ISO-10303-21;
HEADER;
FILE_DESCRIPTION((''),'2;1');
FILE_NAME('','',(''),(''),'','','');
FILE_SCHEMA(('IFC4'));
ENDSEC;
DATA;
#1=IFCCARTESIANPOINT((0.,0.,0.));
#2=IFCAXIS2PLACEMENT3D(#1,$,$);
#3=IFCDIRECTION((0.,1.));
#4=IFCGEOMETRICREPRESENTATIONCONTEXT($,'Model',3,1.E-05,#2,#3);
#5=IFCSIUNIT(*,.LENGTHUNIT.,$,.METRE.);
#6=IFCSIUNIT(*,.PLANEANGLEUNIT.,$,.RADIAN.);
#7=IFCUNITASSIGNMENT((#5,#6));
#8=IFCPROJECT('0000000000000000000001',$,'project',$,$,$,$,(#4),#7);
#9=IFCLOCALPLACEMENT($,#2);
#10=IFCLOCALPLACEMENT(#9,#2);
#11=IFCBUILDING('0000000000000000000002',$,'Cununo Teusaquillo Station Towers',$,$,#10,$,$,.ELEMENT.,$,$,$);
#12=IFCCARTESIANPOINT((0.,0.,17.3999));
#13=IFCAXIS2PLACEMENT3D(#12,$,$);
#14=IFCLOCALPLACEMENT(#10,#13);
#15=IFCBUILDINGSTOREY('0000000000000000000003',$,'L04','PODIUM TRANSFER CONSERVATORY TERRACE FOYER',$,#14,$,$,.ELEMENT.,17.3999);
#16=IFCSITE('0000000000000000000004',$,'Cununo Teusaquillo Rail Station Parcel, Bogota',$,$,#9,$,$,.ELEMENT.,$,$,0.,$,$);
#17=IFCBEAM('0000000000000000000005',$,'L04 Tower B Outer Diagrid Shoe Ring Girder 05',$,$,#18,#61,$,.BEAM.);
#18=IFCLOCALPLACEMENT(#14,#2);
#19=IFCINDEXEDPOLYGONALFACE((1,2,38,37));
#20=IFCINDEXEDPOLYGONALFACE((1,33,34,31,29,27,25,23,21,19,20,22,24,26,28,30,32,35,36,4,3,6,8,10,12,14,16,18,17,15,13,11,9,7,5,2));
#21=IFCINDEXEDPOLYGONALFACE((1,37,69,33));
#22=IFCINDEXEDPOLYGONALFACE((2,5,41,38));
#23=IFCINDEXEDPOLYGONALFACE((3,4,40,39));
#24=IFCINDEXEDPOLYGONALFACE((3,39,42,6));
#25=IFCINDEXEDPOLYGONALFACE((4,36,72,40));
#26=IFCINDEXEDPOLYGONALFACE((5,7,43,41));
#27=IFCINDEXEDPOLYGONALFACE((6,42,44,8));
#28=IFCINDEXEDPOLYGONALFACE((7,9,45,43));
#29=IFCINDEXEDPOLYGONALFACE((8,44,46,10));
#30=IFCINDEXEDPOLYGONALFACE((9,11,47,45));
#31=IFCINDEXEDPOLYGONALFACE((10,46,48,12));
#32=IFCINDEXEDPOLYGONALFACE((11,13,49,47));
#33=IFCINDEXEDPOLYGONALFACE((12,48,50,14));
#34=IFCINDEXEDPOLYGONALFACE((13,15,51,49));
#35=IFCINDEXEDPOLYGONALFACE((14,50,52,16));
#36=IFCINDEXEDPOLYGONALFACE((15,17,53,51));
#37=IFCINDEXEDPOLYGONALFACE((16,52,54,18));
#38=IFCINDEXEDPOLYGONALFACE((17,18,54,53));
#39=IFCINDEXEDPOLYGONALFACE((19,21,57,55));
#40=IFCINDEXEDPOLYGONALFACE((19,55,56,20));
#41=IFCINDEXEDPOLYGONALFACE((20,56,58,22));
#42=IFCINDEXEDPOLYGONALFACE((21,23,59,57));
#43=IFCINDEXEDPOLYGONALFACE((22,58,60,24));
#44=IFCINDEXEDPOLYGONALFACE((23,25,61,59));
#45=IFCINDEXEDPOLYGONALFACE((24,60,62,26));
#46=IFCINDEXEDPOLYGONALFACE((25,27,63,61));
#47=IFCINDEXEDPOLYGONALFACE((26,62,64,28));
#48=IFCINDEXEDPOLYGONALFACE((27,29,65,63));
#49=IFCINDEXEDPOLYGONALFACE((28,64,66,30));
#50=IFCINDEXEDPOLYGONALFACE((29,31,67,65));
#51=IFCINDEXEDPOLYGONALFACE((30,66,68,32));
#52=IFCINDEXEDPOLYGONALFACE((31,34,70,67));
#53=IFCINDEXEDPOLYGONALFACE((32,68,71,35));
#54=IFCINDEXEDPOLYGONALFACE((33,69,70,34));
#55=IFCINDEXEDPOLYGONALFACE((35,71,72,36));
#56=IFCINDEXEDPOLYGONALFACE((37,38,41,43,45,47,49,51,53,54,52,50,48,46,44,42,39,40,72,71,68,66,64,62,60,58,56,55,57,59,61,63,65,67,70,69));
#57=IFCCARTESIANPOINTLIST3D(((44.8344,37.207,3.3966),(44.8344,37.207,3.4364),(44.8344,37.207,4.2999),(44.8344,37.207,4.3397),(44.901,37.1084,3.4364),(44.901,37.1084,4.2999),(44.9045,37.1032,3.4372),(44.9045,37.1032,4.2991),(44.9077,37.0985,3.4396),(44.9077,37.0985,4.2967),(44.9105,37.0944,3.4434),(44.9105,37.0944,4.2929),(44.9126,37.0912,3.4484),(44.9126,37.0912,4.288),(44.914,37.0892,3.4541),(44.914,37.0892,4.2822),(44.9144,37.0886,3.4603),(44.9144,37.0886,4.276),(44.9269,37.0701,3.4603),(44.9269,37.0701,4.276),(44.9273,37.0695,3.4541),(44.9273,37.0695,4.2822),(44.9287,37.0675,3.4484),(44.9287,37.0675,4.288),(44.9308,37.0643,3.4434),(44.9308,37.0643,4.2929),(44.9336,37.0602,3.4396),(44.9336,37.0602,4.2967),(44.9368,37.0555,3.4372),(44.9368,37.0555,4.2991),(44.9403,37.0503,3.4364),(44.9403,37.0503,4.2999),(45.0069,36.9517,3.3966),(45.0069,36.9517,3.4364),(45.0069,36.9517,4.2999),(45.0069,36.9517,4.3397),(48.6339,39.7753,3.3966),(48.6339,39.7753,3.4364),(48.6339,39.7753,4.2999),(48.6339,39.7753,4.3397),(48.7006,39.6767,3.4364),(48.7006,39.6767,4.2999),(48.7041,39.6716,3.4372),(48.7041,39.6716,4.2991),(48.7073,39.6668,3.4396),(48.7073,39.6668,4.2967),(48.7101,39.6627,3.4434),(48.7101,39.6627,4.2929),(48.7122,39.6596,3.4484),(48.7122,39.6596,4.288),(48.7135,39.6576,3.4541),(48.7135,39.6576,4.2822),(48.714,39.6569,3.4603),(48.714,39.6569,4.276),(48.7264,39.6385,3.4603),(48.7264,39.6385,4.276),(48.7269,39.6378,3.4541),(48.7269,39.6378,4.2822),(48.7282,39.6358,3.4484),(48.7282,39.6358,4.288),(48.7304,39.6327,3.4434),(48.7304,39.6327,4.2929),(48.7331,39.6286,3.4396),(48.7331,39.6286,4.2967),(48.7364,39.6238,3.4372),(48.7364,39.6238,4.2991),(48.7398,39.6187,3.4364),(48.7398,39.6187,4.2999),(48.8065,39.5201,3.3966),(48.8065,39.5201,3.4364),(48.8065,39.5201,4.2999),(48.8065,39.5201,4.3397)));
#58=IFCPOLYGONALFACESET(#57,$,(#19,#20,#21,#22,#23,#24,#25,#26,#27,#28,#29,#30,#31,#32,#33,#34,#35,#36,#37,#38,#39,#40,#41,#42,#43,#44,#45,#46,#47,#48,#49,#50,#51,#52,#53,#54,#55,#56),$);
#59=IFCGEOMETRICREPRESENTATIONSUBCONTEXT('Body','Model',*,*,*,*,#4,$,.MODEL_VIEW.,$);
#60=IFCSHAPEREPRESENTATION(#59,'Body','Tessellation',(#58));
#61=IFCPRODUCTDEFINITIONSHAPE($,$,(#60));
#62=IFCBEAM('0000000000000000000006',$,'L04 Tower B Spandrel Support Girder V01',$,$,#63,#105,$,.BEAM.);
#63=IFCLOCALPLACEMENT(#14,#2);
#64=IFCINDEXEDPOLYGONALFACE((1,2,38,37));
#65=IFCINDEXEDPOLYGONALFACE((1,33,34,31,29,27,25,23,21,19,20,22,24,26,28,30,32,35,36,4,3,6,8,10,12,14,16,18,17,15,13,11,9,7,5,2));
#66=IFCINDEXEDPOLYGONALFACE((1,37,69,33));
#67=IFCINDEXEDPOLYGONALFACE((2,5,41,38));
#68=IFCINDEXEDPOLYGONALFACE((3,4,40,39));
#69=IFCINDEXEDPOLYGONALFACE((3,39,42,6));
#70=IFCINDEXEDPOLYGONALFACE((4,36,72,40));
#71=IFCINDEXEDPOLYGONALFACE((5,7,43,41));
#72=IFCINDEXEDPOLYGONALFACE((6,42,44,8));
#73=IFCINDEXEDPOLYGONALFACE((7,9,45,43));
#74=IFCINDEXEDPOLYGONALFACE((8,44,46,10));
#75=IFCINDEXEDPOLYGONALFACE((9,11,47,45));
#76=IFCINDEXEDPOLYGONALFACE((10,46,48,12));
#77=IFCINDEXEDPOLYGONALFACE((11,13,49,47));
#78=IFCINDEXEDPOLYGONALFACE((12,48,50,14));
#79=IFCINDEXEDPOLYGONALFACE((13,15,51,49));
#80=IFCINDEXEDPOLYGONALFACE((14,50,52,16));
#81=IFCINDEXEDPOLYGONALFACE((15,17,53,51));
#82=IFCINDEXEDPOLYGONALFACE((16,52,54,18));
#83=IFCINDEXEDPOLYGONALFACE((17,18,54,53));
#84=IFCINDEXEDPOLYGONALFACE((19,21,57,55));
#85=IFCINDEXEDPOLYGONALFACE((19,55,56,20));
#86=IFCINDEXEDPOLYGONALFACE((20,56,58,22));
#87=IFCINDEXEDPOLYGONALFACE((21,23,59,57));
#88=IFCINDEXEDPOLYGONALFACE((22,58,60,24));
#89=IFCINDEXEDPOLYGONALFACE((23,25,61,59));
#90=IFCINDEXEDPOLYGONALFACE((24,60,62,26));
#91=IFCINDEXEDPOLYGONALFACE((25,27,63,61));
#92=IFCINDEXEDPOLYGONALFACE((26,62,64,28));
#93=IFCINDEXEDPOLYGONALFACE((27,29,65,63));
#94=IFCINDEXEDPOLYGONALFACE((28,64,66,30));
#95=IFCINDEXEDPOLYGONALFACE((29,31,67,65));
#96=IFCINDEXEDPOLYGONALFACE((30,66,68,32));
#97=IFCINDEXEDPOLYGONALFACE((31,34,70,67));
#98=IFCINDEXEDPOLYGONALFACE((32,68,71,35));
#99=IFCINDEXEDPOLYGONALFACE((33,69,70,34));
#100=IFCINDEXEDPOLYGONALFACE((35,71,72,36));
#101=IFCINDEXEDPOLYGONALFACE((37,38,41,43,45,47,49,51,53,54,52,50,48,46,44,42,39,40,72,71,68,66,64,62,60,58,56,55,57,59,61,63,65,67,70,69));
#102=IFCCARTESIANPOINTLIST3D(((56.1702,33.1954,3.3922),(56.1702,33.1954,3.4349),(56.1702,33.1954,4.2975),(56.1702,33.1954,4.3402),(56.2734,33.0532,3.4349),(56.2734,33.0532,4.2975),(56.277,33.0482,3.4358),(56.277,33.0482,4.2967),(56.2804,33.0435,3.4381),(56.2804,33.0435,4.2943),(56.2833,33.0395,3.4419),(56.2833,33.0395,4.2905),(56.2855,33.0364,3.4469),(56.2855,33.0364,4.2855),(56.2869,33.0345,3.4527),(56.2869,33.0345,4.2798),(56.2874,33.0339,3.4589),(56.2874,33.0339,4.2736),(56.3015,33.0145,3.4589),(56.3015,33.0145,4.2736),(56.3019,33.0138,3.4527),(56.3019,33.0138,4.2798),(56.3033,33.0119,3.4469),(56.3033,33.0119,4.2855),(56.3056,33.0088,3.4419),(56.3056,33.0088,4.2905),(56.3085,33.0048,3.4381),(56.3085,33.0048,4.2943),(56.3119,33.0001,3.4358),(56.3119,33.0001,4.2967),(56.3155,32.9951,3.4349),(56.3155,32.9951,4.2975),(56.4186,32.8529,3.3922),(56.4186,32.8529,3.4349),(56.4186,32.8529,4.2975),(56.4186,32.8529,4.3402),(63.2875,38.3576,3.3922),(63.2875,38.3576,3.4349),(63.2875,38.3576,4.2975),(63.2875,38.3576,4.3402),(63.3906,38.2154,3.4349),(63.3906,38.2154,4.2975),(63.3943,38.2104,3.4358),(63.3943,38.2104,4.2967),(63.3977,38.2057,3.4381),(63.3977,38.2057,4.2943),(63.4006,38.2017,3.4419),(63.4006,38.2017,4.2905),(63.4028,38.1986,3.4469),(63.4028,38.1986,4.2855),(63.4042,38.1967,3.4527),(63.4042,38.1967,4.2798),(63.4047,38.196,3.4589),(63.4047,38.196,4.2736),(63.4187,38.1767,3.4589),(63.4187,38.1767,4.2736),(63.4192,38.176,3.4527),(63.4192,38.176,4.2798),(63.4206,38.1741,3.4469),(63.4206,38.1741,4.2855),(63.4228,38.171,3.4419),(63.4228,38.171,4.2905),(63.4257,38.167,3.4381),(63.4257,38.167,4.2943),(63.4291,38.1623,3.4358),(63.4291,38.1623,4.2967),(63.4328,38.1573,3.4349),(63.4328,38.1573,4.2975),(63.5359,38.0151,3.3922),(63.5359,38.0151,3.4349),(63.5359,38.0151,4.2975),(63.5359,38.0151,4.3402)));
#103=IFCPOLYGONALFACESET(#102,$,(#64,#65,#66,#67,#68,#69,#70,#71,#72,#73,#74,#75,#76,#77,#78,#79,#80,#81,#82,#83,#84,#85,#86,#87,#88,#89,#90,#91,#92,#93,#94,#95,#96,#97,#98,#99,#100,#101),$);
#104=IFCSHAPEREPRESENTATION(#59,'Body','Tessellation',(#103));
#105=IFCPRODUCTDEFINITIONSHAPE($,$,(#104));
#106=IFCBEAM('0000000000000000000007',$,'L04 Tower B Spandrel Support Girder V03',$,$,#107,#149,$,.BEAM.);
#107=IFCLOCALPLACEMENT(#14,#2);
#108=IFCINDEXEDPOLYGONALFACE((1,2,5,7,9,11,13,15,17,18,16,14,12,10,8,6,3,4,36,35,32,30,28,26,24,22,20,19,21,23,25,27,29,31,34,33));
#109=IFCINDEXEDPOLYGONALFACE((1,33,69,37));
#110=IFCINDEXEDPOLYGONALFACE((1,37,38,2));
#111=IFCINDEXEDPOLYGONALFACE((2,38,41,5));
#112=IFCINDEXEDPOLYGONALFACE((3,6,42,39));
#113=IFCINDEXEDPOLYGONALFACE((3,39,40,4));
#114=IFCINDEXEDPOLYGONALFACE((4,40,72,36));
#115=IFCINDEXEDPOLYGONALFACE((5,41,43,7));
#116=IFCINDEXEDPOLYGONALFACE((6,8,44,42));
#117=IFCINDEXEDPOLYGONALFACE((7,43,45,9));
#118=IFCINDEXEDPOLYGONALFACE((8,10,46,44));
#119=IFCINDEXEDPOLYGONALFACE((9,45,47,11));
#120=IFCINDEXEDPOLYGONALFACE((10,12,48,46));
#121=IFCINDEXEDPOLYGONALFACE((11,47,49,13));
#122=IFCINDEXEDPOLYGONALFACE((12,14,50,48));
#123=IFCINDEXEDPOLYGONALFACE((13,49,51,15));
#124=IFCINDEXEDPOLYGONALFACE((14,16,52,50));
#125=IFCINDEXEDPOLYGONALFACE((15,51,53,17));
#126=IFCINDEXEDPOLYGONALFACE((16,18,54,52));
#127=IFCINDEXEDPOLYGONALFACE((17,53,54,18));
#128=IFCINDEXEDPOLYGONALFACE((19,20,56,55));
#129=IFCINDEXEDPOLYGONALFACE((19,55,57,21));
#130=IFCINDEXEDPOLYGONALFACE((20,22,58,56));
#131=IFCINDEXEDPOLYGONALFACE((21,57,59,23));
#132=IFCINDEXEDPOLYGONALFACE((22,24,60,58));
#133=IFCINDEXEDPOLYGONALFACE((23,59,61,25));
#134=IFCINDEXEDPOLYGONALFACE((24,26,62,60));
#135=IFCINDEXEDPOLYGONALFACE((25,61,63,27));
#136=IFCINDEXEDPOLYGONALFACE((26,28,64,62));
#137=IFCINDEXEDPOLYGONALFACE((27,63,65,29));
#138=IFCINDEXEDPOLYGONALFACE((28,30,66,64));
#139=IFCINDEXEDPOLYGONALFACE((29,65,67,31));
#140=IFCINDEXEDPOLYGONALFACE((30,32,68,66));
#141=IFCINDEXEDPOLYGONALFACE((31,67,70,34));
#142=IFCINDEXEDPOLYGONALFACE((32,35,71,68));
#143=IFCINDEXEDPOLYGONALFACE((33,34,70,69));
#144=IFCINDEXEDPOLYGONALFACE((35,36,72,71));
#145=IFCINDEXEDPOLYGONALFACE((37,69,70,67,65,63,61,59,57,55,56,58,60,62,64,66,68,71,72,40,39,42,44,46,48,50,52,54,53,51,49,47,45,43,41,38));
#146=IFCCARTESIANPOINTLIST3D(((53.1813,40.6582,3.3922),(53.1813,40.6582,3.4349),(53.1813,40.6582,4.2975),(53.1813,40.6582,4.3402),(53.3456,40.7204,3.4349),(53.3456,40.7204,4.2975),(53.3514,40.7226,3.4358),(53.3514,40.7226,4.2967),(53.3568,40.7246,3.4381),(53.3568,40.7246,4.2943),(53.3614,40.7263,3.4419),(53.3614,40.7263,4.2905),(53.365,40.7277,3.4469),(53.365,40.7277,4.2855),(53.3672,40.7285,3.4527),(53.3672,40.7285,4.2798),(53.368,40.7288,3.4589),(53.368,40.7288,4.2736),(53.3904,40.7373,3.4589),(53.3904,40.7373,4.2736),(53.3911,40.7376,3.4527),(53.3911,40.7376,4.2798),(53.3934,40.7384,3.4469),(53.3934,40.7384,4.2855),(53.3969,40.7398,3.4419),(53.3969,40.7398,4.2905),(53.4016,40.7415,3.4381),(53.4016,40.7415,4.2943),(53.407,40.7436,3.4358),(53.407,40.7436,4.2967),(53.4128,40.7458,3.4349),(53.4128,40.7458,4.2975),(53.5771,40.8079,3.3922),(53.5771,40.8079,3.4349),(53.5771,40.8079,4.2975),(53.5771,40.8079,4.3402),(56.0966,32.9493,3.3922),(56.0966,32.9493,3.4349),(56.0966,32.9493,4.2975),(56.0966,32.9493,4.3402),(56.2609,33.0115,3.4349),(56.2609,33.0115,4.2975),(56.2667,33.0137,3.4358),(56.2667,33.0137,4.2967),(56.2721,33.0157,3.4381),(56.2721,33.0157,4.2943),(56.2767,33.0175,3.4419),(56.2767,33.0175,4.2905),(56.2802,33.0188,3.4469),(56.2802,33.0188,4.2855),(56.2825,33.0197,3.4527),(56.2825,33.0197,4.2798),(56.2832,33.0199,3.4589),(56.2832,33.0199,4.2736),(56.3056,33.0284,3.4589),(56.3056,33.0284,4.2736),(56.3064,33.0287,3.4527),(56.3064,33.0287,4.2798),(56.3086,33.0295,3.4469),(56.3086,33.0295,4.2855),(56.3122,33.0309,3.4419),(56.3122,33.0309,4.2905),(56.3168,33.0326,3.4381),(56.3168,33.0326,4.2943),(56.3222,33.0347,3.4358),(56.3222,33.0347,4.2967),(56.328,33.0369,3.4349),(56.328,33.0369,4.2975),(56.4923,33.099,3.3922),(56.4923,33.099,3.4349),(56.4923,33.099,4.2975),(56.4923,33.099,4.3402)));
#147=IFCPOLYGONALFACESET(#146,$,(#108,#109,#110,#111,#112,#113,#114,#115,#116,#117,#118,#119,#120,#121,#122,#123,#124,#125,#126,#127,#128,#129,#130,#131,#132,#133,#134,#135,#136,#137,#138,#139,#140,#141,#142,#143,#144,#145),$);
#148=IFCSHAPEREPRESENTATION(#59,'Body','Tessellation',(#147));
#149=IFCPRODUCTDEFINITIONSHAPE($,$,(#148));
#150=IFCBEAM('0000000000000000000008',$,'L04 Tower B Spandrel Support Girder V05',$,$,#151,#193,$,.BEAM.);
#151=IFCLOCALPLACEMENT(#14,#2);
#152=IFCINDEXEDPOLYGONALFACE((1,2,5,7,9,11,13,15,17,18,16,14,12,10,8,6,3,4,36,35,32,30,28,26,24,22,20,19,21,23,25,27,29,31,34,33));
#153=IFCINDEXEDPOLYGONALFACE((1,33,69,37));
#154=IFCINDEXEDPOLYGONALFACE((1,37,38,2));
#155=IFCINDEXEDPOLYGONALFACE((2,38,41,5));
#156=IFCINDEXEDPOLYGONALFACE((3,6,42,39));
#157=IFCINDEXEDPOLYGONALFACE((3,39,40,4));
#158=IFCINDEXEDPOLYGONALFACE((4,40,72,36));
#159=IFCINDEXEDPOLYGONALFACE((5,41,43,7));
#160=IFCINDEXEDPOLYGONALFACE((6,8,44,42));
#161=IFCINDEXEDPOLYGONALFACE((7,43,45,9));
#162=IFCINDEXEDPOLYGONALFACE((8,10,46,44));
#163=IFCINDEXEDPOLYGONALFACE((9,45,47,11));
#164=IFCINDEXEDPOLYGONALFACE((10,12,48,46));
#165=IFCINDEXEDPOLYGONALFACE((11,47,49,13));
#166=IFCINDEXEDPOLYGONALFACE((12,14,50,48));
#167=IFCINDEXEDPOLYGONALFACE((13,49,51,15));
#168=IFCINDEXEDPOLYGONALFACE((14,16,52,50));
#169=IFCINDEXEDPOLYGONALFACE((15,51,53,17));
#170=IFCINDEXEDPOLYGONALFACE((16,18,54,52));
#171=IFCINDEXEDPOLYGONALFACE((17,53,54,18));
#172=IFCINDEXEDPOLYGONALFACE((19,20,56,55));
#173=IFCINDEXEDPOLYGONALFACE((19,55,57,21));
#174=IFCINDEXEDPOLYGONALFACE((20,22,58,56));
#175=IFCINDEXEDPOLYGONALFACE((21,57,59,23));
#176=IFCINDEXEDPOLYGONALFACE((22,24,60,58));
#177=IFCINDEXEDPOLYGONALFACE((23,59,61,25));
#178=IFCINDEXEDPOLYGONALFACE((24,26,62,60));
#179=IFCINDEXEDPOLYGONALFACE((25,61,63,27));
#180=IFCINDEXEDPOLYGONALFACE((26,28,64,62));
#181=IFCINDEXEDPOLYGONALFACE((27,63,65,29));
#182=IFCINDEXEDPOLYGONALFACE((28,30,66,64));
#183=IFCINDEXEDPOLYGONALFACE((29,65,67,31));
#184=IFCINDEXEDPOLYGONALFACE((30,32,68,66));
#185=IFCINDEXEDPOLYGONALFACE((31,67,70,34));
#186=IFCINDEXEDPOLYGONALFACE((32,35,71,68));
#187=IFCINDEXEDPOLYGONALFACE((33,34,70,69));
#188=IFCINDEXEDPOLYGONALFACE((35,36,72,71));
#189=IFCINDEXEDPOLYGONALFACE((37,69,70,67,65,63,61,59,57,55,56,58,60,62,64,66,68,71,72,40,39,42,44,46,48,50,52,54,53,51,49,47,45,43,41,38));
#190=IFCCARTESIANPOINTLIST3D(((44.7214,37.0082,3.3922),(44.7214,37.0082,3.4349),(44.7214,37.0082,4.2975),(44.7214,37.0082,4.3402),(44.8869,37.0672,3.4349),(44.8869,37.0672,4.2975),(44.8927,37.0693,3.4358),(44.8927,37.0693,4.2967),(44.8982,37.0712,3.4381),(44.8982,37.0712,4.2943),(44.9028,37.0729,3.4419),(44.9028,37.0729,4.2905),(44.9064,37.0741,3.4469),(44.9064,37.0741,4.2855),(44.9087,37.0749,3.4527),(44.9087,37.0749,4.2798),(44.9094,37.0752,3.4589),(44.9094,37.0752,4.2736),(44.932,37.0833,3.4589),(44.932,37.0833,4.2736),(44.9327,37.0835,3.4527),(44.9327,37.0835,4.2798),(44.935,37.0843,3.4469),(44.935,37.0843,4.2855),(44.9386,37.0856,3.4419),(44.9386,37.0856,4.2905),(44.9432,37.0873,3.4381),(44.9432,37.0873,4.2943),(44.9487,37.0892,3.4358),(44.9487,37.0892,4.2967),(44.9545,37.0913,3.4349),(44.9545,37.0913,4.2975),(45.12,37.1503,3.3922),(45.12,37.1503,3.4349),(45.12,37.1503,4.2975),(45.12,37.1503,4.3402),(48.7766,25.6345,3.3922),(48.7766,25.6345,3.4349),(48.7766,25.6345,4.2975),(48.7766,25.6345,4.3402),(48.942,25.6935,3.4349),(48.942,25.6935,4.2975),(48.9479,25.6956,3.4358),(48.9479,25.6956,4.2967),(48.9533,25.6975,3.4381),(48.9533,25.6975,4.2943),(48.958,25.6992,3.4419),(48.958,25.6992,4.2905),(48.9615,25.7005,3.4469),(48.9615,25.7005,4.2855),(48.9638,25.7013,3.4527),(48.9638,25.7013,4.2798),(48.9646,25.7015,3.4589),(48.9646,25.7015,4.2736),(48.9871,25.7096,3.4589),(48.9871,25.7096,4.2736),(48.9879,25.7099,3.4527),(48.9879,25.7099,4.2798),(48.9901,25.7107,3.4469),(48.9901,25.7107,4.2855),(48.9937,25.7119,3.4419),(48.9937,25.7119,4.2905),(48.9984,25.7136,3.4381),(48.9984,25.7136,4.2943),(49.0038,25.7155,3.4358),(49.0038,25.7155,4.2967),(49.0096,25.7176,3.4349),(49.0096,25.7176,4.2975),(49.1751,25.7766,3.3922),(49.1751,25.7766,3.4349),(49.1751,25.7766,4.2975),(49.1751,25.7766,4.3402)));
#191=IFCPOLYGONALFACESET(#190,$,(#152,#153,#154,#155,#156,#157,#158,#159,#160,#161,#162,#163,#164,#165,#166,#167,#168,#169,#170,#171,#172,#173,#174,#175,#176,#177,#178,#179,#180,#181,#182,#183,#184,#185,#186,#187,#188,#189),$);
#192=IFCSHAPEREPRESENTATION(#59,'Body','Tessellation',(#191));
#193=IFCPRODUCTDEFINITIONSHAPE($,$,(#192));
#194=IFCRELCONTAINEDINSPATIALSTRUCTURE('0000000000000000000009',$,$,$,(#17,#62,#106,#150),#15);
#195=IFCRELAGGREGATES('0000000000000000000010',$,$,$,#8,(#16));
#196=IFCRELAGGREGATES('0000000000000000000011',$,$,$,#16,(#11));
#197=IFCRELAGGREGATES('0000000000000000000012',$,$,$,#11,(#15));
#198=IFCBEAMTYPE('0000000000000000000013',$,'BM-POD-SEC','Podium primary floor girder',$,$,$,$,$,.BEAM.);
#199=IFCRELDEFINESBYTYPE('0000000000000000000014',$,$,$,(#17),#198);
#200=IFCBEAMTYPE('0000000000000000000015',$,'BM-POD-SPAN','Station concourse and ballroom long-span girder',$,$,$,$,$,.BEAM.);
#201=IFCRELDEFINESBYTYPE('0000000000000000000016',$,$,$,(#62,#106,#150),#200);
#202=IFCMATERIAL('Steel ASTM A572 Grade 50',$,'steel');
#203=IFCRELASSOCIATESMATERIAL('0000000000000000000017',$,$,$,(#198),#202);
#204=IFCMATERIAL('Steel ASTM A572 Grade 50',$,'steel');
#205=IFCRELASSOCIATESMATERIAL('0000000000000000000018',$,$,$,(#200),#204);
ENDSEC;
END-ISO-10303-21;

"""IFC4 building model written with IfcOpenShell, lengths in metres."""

from ifc_helpers import new_model, si_unit, direction, frame, origin, origin_2d, place, context, subcontext, project, spatial, i_section, extrude, material, material_profile, profile_set, type_object, element, save


model = new_model("IFC4")

# Units and contexts
model_context = context("Model", 3, precision=1e-05, world=origin(), true_north=direction((0.0, 1.0)))
body_context = subcontext(model_context, "Body", "Model", "MODEL_VIEW")
ifc_project = project(units=[si_unit("LENGTHUNIT", "METRE"), si_unit("PLANEANGLEUNIT", "RADIAN")], contexts=[model_context])

# Site, building, storey
site_placement = place(None, origin())
site = spatial("IfcSite", under=ifc_project, at=site_placement, Name="Cununo Teusaquillo Rail Station Parcel, Bogota", CompositionType="ELEMENT", RefElevation=0.0)
building_placement = place(site_placement, origin())
building = spatial("IfcBuilding", under=site, at=building_placement, Name="Cununo Teusaquillo Station Towers", CompositionType="ELEMENT")
storey_placement = place(building_placement, frame((0.0, 0.0, 17.3999)))
storey = spatial("IfcBuildingStorey", under=building, at=storey_placement, Name="L04", Description="PODIUM TRANSFER CONSERVATORY TERRACE FOYER", CompositionType="ELEMENT", Elevation=17.3999)

# Beams
ifc_material_1 = material(Name="Steel ASTM A572 Grade 50", Category="steel")
ifc_material_profile_1 = material_profile(ifc_material_1, i_section(OverallWidth=0.3081, OverallDepth=0.9431, WebThickness=0.0222, FlangeThickness=0.0398, FilletRadius=0.0239, at=origin_2d()), Name="W36X232")
ifc_profile_set_1 = profile_set([ifc_material_profile_1], Name="Steel ASTM A572 Grade 50")
beam_type_1 = type_object("IfcBeamType", Name="BM-POD-SEC", Description="Podium primary floor girder", PredefinedType="BEAM", material=ifc_profile_set_1)
beam_1_placement = place(storey_placement, frame((48.7202, 39.6477, 3.8682), z_axis=(-0.828479, -0.56002, 0.0), x_axis=(0.56002, -0.828479, 0.0)))
element("IfcBeam", 1, at=beam_1_placement, inside=storey, type_object=beam_type_1, Name="L04 Tower B Outer Diagrid Shoe Ring Girder 05", PredefinedType="BEAM", context=body_context, shape_type="SweptSolid", body=[
    extrude(i_section(OverallWidth=0.3081, OverallDepth=0.9431, WebThickness=0.0222, FlangeThickness=0.0398, FilletRadius=0.0239, at=origin_2d()), origin(), (0.0, 0.0, 1.0), 4.5862),
])
ifc_material_2 = material(Name="Steel ASTM A572 Grade 50", Category="steel")
ifc_material_profile_2 = material_profile(ifc_material_2, i_section(OverallWidth=0.4231, OverallDepth=0.948, WebThickness=0.0239, FlangeThickness=0.0427, FilletRadius=0.0239, at=origin_2d()), Name="W36X302")
ifc_profile_set_2 = profile_set([ifc_material_profile_2], Name="Steel ASTM A572 Grade 50")
beam_type_2 = type_object("IfcBeamType", Name="BM-POD-SPAN", Description="Station concourse and ballroom long-span girder", PredefinedType="BEAM", material=ifc_profile_set_2)
beam_2_placement = place(storey_placement, frame((56.2944, 33.0242, 3.8662), z_axis=(0.809494, 0.587128, 0.0), x_axis=(-0.587128, 0.809494, 0.0)))
element("IfcBeam", 2, at=beam_2_placement, inside=storey, type_object=beam_type_2, Name="L04 Tower B Spandrel Support Girder V01", PredefinedType="BEAM", context=body_context, shape_type="SweptSolid", body=[
    extrude(i_section(OverallWidth=0.4231, OverallDepth=0.948, WebThickness=0.0239, FlangeThickness=0.0427, FilletRadius=0.0239, at=origin_2d()), origin(), (0.0, 0.0, 1.0), 8.7922),
])
beam_3_placement = place(storey_placement, frame((56.2944, 33.0242, 3.8662), z_axis=(-0.353719, 0.935352, 0.0), x_axis=(-0.935352, -0.353719, 0.0)))
element("IfcBeam", 3, at=beam_3_placement, inside=storey, type_object=beam_type_2, Name="L04 Tower B Spandrel Support Girder V03", PredefinedType="BEAM", context=body_context, shape_type="SweptSolid", body=[
    extrude(i_section(OverallWidth=0.4231, OverallDepth=0.948, WebThickness=0.0239, FlangeThickness=0.0427, FilletRadius=0.0239, at=origin_2d()), origin(), (0.0, 0.0, 1.0), 8.2417),
])
beam_4_placement = place(storey_placement, frame((48.9758, 25.7056, 3.8662), z_axis=(-0.33583, 0.941922, 0.0), x_axis=(-0.941922, -0.33583, 0.0)))
element("IfcBeam", 4, at=beam_4_placement, inside=storey, type_object=beam_type_2, Name="L04 Tower B Spandrel Support Girder V05", PredefinedType="BEAM", context=body_context, shape_type="SweptSolid", body=[
    extrude(i_section(OverallWidth=0.4231, OverallDepth=0.948, WebThickness=0.0239, FlangeThickness=0.0427, FilletRadius=0.0239, at=origin_2d()), origin(), (0.0, 0.0, 1.0), 12.075),
])

save(model, "model.ifc")
